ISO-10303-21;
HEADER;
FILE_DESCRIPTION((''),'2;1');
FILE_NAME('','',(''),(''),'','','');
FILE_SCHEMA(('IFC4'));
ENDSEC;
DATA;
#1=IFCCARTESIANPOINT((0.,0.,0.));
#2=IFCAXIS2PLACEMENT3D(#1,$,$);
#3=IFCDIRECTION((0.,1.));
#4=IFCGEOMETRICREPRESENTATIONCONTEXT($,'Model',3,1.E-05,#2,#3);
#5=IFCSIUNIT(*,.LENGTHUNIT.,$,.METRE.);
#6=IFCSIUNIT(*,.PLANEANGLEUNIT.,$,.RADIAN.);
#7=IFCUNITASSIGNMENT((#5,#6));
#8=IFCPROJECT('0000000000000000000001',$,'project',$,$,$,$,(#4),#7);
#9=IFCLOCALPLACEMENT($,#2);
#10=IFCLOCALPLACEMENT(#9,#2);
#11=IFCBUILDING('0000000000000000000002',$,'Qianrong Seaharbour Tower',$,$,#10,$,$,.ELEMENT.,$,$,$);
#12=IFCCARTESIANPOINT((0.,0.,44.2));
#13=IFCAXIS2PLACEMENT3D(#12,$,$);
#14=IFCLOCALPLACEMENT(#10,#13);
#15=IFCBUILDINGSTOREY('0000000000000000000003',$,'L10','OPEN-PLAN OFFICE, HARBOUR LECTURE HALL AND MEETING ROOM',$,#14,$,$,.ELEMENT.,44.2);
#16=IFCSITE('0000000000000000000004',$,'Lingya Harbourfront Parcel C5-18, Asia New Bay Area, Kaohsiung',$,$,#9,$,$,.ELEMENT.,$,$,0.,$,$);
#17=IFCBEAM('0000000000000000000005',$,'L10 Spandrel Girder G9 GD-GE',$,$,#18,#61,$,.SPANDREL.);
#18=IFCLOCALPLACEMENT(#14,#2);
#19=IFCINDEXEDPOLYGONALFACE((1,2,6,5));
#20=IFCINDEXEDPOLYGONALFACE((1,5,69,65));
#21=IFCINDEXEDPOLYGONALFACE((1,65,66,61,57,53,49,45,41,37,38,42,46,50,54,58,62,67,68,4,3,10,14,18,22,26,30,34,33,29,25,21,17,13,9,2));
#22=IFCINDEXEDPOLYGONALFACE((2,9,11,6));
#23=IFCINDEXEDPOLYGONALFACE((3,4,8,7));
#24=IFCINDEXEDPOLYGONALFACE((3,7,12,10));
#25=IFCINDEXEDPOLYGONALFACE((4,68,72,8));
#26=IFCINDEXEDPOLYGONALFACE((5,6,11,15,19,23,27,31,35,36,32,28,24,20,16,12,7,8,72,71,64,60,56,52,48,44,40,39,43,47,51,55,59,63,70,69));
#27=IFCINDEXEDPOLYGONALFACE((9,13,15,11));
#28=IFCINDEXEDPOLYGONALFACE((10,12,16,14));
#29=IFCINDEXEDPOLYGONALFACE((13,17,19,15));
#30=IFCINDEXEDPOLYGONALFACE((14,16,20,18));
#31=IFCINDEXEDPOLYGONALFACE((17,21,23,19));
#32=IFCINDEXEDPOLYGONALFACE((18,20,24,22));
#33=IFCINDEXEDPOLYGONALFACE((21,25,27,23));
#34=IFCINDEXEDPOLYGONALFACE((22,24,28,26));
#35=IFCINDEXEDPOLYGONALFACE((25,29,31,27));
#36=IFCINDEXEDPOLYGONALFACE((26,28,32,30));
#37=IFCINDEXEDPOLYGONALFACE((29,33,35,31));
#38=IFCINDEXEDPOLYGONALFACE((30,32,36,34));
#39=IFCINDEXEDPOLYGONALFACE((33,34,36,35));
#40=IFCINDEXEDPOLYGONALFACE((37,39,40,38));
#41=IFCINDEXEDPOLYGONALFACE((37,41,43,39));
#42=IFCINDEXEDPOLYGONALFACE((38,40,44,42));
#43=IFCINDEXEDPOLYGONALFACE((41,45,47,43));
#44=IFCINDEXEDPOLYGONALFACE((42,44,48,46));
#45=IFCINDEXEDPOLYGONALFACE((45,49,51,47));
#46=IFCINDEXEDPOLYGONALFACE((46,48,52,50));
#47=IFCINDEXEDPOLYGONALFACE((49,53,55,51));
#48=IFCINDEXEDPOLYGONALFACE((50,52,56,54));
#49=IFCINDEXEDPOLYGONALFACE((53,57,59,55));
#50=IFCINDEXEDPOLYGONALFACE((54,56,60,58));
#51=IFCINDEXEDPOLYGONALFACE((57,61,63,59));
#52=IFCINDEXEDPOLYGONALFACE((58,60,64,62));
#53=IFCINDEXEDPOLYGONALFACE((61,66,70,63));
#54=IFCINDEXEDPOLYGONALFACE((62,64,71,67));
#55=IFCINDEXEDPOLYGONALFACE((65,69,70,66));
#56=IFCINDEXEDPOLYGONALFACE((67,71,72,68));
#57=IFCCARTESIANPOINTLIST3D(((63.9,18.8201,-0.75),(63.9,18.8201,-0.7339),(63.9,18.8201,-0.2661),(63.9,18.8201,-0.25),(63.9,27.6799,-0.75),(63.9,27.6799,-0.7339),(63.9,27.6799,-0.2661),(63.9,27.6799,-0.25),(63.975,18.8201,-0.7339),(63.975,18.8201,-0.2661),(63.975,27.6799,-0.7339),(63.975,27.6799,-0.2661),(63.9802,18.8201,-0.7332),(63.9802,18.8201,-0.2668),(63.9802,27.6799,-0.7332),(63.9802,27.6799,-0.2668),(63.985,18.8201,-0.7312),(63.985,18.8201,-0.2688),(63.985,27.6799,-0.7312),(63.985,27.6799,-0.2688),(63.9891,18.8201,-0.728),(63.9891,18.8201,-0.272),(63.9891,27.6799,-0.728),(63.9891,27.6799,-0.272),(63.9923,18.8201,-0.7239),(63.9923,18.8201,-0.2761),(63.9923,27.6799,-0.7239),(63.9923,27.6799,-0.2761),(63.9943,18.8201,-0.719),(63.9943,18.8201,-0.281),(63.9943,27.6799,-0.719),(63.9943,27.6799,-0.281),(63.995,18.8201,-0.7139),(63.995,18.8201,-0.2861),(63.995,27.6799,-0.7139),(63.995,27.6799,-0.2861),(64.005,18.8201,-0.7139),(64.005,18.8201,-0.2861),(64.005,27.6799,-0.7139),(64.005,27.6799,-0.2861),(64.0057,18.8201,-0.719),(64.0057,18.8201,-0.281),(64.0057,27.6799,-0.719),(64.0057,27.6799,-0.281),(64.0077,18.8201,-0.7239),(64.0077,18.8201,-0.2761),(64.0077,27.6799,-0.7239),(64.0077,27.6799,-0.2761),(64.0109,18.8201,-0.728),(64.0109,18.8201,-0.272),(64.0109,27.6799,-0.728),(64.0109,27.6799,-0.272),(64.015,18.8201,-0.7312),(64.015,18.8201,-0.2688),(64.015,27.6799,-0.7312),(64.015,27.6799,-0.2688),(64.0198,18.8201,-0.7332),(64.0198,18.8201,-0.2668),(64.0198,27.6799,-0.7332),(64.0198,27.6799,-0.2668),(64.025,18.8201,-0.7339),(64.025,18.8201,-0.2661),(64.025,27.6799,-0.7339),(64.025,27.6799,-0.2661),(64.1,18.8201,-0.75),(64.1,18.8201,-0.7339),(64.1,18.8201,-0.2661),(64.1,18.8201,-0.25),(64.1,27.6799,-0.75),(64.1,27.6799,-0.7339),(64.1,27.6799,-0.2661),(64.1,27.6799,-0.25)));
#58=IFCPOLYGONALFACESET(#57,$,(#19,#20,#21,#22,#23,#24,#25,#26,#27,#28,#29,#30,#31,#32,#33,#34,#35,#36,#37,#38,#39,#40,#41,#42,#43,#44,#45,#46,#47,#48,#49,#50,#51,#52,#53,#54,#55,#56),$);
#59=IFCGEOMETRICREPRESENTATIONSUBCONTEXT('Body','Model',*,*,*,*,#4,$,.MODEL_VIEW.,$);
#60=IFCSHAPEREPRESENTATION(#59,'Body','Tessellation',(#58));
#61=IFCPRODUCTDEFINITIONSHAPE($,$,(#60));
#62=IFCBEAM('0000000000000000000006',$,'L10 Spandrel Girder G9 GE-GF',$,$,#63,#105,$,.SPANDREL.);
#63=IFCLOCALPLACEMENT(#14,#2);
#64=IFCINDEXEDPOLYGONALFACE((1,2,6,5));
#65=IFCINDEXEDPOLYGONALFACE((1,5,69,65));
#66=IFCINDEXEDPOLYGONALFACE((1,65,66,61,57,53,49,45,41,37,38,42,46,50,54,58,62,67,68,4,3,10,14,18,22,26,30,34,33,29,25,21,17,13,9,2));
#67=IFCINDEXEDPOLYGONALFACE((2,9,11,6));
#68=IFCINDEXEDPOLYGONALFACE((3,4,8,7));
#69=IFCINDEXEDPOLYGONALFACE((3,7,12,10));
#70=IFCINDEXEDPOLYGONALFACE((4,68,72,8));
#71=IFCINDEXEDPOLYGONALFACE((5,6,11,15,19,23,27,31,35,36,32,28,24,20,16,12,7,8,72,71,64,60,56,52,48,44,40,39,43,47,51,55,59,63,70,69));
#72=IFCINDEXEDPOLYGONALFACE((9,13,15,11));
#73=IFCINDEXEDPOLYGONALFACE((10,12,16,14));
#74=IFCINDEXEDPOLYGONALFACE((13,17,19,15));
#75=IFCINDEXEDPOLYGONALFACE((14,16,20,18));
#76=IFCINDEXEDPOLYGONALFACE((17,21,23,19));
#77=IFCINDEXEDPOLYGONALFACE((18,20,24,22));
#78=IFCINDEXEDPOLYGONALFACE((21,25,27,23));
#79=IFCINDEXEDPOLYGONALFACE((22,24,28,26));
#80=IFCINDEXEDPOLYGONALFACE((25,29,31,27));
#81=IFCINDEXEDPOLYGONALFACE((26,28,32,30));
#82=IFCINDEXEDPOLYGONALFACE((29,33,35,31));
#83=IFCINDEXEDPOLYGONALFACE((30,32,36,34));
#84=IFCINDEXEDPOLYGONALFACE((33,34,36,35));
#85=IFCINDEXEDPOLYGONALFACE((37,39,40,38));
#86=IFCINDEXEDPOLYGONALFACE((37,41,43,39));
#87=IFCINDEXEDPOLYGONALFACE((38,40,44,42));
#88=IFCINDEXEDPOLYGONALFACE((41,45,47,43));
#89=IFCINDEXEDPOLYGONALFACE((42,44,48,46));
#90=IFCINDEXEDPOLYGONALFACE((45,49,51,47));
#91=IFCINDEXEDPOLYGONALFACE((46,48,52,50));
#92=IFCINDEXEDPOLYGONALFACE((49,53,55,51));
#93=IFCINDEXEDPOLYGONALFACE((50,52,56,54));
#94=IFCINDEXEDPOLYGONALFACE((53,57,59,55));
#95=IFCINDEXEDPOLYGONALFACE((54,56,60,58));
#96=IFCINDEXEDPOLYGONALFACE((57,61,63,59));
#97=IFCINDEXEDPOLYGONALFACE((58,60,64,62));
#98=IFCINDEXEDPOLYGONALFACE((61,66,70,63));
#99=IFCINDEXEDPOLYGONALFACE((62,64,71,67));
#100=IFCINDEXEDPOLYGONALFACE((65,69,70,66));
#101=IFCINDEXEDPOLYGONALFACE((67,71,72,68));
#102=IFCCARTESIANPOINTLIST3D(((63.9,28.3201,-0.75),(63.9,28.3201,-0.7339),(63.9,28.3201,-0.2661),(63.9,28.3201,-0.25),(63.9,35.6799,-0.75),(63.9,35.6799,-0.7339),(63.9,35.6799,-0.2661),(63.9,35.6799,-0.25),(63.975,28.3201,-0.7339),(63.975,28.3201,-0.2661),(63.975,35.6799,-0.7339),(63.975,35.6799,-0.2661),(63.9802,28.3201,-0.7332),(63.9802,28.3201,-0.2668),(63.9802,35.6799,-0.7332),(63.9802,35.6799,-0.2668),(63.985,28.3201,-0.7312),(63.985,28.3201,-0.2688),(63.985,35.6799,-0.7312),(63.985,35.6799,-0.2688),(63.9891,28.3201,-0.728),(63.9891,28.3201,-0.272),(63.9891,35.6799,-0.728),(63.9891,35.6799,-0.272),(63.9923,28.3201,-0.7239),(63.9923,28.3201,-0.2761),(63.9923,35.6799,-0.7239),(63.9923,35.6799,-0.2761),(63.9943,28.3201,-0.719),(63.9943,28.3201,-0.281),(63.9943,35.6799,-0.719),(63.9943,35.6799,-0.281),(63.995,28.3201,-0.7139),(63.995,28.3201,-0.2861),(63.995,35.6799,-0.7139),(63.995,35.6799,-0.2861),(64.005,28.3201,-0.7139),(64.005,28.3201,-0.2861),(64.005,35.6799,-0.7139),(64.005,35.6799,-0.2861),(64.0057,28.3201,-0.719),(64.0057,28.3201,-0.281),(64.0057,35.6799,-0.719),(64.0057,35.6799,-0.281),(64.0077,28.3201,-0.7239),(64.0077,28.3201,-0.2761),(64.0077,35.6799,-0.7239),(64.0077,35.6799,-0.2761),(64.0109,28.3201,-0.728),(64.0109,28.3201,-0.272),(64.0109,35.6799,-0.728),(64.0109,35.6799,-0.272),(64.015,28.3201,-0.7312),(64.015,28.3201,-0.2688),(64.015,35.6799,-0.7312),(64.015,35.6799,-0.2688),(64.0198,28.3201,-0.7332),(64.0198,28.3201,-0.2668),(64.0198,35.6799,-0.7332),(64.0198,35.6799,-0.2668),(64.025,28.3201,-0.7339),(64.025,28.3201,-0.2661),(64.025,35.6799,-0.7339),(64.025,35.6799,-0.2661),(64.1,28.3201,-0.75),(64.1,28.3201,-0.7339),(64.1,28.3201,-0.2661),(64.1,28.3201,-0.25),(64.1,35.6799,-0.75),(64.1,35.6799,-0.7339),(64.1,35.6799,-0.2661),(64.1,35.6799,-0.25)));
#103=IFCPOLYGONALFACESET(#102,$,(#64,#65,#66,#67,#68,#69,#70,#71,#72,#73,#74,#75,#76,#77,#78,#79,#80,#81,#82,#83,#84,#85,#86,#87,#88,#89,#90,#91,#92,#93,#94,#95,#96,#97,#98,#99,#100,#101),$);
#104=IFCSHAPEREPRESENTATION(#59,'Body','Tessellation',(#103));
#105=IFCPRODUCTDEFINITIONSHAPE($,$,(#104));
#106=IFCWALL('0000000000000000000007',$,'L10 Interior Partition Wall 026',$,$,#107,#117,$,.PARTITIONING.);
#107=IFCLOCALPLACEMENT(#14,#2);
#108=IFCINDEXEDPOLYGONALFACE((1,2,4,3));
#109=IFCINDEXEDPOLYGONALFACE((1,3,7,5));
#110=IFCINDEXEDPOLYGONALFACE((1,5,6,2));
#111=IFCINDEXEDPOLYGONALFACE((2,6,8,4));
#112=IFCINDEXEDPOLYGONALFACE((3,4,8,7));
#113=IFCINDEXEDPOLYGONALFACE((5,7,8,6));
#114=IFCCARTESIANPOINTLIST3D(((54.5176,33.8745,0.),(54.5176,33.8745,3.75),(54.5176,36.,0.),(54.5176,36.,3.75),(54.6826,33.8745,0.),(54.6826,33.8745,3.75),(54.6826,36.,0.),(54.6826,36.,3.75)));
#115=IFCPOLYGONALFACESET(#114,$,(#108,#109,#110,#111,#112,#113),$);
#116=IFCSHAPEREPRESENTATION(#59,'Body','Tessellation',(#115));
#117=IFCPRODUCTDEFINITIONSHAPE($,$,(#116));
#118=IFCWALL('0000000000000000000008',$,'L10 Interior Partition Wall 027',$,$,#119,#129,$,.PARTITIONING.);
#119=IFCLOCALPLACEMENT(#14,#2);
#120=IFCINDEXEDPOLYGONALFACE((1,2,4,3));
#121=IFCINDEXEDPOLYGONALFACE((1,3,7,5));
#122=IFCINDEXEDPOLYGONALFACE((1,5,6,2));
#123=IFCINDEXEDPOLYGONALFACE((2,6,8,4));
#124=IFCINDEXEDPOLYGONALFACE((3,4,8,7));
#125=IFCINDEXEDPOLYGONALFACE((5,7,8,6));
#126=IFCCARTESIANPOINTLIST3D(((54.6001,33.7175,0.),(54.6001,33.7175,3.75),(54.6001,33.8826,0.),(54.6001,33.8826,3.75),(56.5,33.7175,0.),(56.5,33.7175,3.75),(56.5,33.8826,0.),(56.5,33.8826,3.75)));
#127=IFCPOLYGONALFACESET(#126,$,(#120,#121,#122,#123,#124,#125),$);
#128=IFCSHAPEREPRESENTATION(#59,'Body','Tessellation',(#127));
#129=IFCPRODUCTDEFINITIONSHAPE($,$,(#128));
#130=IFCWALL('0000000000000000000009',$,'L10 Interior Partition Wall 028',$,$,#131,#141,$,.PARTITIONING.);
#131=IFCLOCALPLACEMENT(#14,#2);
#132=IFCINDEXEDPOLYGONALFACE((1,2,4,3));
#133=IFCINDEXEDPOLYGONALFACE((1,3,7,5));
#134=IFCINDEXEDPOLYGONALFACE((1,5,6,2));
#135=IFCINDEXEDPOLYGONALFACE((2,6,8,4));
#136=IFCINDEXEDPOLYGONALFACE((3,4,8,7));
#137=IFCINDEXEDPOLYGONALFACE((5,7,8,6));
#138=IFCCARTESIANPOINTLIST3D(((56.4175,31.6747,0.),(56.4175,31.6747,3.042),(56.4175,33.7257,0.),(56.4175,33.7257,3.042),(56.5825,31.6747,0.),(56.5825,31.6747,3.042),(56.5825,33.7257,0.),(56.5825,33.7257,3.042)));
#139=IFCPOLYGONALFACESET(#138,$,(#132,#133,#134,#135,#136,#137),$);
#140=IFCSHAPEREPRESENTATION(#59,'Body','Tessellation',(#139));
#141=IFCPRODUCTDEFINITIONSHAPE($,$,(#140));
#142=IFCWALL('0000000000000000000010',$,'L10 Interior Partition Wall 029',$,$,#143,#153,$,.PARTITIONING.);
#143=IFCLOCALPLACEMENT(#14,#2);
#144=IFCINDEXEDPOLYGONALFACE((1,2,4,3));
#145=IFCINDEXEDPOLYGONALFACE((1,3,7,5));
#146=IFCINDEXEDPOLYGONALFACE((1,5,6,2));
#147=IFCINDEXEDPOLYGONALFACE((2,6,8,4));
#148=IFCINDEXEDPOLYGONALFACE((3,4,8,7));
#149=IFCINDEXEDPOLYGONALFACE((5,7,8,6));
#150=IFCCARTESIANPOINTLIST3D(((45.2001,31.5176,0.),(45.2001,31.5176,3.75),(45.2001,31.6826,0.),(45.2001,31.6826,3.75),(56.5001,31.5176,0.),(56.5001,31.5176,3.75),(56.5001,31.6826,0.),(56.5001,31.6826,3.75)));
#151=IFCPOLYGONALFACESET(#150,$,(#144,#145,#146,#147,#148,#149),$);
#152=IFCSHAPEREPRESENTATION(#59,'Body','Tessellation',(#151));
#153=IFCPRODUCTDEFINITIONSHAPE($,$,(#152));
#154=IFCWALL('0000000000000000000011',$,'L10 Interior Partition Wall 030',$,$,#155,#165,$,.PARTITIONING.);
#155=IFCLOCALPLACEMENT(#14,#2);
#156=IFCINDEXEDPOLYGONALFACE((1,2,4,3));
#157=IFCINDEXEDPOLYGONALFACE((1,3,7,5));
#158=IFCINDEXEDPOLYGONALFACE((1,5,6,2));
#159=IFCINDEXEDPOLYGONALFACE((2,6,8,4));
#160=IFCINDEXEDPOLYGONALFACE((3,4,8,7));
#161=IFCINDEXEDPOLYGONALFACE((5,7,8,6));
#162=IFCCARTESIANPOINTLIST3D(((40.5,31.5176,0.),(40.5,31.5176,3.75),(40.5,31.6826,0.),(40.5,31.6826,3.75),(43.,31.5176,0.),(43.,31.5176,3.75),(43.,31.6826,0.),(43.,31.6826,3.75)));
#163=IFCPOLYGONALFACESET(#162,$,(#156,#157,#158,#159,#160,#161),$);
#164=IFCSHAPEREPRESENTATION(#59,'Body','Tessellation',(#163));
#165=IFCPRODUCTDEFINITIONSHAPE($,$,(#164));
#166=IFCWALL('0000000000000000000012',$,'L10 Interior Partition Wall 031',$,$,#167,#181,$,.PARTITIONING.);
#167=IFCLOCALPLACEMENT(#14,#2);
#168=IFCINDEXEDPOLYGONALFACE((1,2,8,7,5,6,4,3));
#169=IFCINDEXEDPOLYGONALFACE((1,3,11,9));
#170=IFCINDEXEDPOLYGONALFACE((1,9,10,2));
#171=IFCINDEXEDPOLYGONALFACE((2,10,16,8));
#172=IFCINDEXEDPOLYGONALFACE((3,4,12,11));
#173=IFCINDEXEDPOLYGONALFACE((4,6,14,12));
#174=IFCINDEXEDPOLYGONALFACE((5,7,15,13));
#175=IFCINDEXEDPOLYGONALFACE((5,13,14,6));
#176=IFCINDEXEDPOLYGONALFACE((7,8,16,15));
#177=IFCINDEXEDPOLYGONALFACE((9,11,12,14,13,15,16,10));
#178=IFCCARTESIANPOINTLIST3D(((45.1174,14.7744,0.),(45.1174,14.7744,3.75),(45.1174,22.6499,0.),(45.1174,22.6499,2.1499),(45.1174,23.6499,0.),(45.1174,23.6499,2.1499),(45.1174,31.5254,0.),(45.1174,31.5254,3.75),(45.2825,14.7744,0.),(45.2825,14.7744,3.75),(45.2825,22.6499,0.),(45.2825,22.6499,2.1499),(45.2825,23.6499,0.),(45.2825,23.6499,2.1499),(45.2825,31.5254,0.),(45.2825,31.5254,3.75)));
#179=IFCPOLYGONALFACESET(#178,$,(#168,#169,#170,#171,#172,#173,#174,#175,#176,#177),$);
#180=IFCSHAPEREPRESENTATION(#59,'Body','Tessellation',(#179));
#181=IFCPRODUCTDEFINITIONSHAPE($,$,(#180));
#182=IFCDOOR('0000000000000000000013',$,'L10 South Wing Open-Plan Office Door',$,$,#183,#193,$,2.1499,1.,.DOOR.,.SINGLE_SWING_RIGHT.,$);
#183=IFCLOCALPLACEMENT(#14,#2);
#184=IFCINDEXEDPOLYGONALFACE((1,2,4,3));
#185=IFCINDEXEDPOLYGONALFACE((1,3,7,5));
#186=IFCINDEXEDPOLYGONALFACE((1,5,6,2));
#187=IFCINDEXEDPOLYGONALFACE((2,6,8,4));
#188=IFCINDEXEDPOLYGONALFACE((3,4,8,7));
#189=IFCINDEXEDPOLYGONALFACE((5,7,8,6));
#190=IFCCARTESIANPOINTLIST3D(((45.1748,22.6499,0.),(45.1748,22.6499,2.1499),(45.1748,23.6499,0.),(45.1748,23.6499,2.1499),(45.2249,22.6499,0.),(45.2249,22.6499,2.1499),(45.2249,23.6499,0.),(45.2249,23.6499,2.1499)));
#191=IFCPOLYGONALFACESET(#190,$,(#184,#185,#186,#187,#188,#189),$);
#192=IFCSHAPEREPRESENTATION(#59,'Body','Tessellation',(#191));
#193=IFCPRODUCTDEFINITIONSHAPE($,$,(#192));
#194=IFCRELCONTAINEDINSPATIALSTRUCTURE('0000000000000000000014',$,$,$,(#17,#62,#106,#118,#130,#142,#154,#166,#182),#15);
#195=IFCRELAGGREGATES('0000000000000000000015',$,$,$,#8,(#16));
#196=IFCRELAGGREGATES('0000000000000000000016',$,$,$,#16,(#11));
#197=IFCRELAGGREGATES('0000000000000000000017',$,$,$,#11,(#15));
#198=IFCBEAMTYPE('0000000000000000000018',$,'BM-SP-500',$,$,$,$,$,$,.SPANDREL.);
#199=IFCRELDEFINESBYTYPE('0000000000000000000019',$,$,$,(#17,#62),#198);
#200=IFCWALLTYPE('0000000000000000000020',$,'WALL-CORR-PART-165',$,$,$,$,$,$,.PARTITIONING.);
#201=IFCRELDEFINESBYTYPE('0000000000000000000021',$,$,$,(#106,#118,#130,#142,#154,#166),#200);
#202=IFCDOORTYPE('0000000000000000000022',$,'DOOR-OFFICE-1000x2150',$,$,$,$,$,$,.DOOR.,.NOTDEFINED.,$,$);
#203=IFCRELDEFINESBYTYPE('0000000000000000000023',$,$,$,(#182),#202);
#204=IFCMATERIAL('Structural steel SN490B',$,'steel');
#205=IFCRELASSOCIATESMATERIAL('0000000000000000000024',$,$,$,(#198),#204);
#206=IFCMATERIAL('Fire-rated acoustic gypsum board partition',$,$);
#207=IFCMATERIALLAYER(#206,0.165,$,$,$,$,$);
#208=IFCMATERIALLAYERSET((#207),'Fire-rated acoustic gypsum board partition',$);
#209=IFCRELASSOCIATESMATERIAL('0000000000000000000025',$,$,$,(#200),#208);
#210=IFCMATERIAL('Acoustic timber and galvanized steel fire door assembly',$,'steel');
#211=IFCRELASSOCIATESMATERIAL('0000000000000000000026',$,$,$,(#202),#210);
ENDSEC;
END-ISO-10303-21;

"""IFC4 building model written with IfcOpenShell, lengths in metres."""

from ifc_helpers import new_model, si_unit, direction, frame, frame_2d, origin, origin_2d, place, context, subcontext, project, spatial, rectangle, i_section, extrude, material, layer, layer_set, material_profile, profile_set, type_object, element, fill, save


model = new_model("IFC4")

# Units and contexts
model_context = context("Model", 3, precision=1e-05, world=origin(), true_north=direction((0.0, 1.0)))
body_context = subcontext(model_context, "Body", "Model", "MODEL_VIEW")
ifc_project = project(units=[si_unit("LENGTHUNIT", "METRE"), si_unit("PLANEANGLEUNIT", "RADIAN")], contexts=[model_context])

# Site, building, storey
site_placement = place(None, origin())
site = spatial("IfcSite", under=ifc_project, at=site_placement, Name="Lingya Harbourfront Parcel C5-18, Asia New Bay Area, Kaohsiung", CompositionType="ELEMENT", RefElevation=0.0)
building_placement = place(site_placement, origin())
building = spatial("IfcBuilding", under=site, at=building_placement, Name="Qianrong Seaharbour Tower", CompositionType="ELEMENT")
storey_placement = place(building_placement, frame((0.0, 0.0, 44.2)))
storey = spatial("IfcBuildingStorey", under=building, at=storey_placement, Name="L10", Description="OPEN-PLAN OFFICE, HARBOUR LECTURE HALL AND MEETING ROOM", CompositionType="ELEMENT", Elevation=44.2)

# Shared definitions
ifc_material_1 = material(Name="Structural steel SN490B", Category="steel")

# Beams
ifc_material_profile_1 = material_profile(ifc_material_1, i_section(OverallWidth=0.2, OverallDepth=0.5, WebThickness=0.01, FlangeThickness=0.0161, FilletRadius=0.02, at=origin_2d()), Name="H500x200x10x16")
ifc_profile_set_1 = profile_set([ifc_material_profile_1], Name="Structural steel SN490B")
beam_type_1 = type_object("IfcBeamType", Name="BM-SP-500", PredefinedType="SPANDREL", material=ifc_profile_set_1)
beam_1_placement = place(storey_placement, frame((64.0, 18.8201, -0.5), z_axis=(0.0, 1.0, 0.0), x_axis=(-1.0, 0.0, 0.0)))
element("IfcBeam", 1, at=beam_1_placement, inside=storey, type_object=beam_type_1, Name="L10 Spandrel Girder G9 GD-GE", PredefinedType="SPANDREL", context=body_context, shape_type="SweptSolid", body=[
    extrude(i_section(OverallWidth=0.2, OverallDepth=0.5, WebThickness=0.01, FlangeThickness=0.0161, FilletRadius=0.02, at=origin_2d()), origin(), (0.0, 0.0, 1.0), 8.8599),
])
beam_2_placement = place(storey_placement, frame((64.0, 28.3201, -0.5), z_axis=(0.0, 1.0, 0.0), x_axis=(-1.0, 0.0, 0.0)))
element("IfcBeam", 2, at=beam_2_placement, inside=storey, type_object=beam_type_1, Name="L10 Spandrel Girder G9 GE-GF", PredefinedType="SPANDREL", context=body_context, shape_type="SweptSolid", body=[
    extrude(i_section(OverallWidth=0.2, OverallDepth=0.5, WebThickness=0.01, FlangeThickness=0.0161, FilletRadius=0.02, at=origin_2d()), origin(), (0.0, 0.0, 1.0), 7.3599),
])

# Walls
ifc_material_2 = material(Name="Fire-rated acoustic gypsum board partition")
ifc_layer_1 = layer(ifc_material_2, 0.165)
ifc_layer_set_1 = layer_set([ifc_layer_1], Name="Fire-rated acoustic gypsum board partition")
wall_type_1 = type_object("IfcWallType", Name="WALL-CORR-PART-165", PredefinedType="PARTITIONING", material=ifc_layer_set_1)
wall_1_placement = place(storey_placement, frame((54.6001, 36.0, 0.0), z_axis=(0.0, 0.0, 1.0), x_axis=(0.0, -1.0, 0.0)))
element("IfcWall", 3, at=wall_1_placement, inside=storey, type_object=wall_type_1, Name="L10 Interior Partition Wall 026", PredefinedType="PARTITIONING", context=body_context, shape_type="SweptSolid", body=[
    extrude(rectangle(XDim=2.1255, YDim=0.165, at=frame_2d((1.0627, 0.0))), origin(), (0.0, 0.0, 1.0), 3.75),
])
wall_2_placement = place(storey_placement, frame((54.6001, 33.8, 0.0), z_axis=(0.0, 0.0, 1.0), x_axis=(1.0, 0.0, 0.0)))
element("IfcWall", 4, at=wall_2_placement, inside=storey, type_object=wall_type_1, Name="L10 Interior Partition Wall 027", PredefinedType="PARTITIONING", context=body_context, shape_type="SweptSolid", body=[
    extrude(rectangle(XDim=1.8999, YDim=0.165, at=frame_2d((0.95, 0.0))), origin(), (0.0, 0.0, 1.0), 3.75),
])
wall_3_placement = place(storey_placement, frame((56.5, 33.7256, 0.0), z_axis=(0.0, 0.0, 1.0), x_axis=(0.0, -1.0, 0.0)))
element("IfcWall", 5, at=wall_3_placement, inside=storey, type_object=wall_type_1, Name="L10 Interior Partition Wall 028", PredefinedType="PARTITIONING", context=body_context, shape_type="SweptSolid", body=[
    extrude(rectangle(XDim=2.051, YDim=0.165, at=frame_2d((1.0254, 0.0))), origin(), (0.0, 0.0, 1.0), 3.042),
])
wall_4_placement = place(storey_placement, frame((56.5, 31.6001, 0.0), z_axis=(0.0, 0.0, 1.0), x_axis=(-1.0, 0.0, 0.0)))
element("IfcWall", 6, at=wall_4_placement, inside=storey, type_object=wall_type_1, Name="L10 Interior Partition Wall 029", PredefinedType="PARTITIONING", context=body_context, shape_type="SweptSolid", body=[
    extrude(rectangle(XDim=11.3, YDim=0.165, at=frame_2d((5.6499, 0.0))), origin(), (0.0, 0.0, 1.0), 3.75),
])
wall_5_placement = place(storey_placement, frame((43.0, 31.6001, 0.0), z_axis=(0.0, 0.0, 1.0), x_axis=(-1.0, 0.0, 0.0)))
element("IfcWall", 7, at=wall_5_placement, inside=storey, type_object=wall_type_1, Name="L10 Interior Partition Wall 030", PredefinedType="PARTITIONING", context=body_context, shape_type="SweptSolid", body=[
    extrude(rectangle(XDim=2.5, YDim=0.165, at=frame_2d((1.25, 0.0))), origin(), (0.0, 0.0, 1.0), 3.75),
])

# Wall, opening, door
wall_6_placement = place(storey_placement, frame((45.2, 31.5254, 0.0), z_axis=(0.0, 0.0, 1.0), x_axis=(0.0, -1.0, 0.0)))
wall_6 = element("IfcWall", 8, at=wall_6_placement, inside=storey, type_object=wall_type_1, Name="L10 Interior Partition Wall 031", PredefinedType="PARTITIONING", context=body_context, shape_type="SweptSolid", body=[
    extrude(rectangle(XDim=16.751, YDim=0.165, at=frame_2d((8.3755, 0.0))), origin(), (0.0, 0.0, 1.0), 3.75),
])
opening_1_placement = place(wall_6_placement, frame((7.8755, 0.0, 0.0)))
opening_1 = element("IfcOpeningElement", 9, at=opening_1_placement, cuts=wall_6, PredefinedType="OPENING", context=body_context, shape_type="SweptSolid", body=[
    extrude(rectangle(XDim=1.0, YDim=2.1499, at=frame_2d((0.5, 1.075))), frame((0.0, 0.0925, 0.0), z_axis=(0.0, -1.0, 0.0), x_axis=(1.0, 0.0, 0.0)), (0.0, 0.0, 1.0), 0.1851),
])
ifc_material_3 = material(Name="Acoustic timber and galvanized steel fire door assembly", Category="steel")
door_type = type_object("IfcDoorType", Name="DOOR-OFFICE-1000x2150", OperationType="NOTDEFINED", PredefinedType="DOOR", material=ifc_material_3)
door_placement = place(opening_1_placement, origin())
door = element("IfcDoor", 10, at=door_placement, inside=storey, type_object=door_type, Name="L10 South Wing Open-Plan Office Door", OperationType="SINGLE_SWING_RIGHT", OverallHeight=2.1499, OverallWidth=1.0, PredefinedType="DOOR", context=body_context, shape_type="SweptSolid", body=[
    extrude(rectangle(XDim=1.0, YDim=2.1499, at=frame_2d((0.5, 1.075))), frame((0.0, 0.0249, 0.0), z_axis=(0.0, -1.0, 0.0), x_axis=(1.0, 0.0, 0.0)), (0.0, 0.0, 1.0), 0.05),
])
fill(opening_1, door)

save(model, "model.ifc")
